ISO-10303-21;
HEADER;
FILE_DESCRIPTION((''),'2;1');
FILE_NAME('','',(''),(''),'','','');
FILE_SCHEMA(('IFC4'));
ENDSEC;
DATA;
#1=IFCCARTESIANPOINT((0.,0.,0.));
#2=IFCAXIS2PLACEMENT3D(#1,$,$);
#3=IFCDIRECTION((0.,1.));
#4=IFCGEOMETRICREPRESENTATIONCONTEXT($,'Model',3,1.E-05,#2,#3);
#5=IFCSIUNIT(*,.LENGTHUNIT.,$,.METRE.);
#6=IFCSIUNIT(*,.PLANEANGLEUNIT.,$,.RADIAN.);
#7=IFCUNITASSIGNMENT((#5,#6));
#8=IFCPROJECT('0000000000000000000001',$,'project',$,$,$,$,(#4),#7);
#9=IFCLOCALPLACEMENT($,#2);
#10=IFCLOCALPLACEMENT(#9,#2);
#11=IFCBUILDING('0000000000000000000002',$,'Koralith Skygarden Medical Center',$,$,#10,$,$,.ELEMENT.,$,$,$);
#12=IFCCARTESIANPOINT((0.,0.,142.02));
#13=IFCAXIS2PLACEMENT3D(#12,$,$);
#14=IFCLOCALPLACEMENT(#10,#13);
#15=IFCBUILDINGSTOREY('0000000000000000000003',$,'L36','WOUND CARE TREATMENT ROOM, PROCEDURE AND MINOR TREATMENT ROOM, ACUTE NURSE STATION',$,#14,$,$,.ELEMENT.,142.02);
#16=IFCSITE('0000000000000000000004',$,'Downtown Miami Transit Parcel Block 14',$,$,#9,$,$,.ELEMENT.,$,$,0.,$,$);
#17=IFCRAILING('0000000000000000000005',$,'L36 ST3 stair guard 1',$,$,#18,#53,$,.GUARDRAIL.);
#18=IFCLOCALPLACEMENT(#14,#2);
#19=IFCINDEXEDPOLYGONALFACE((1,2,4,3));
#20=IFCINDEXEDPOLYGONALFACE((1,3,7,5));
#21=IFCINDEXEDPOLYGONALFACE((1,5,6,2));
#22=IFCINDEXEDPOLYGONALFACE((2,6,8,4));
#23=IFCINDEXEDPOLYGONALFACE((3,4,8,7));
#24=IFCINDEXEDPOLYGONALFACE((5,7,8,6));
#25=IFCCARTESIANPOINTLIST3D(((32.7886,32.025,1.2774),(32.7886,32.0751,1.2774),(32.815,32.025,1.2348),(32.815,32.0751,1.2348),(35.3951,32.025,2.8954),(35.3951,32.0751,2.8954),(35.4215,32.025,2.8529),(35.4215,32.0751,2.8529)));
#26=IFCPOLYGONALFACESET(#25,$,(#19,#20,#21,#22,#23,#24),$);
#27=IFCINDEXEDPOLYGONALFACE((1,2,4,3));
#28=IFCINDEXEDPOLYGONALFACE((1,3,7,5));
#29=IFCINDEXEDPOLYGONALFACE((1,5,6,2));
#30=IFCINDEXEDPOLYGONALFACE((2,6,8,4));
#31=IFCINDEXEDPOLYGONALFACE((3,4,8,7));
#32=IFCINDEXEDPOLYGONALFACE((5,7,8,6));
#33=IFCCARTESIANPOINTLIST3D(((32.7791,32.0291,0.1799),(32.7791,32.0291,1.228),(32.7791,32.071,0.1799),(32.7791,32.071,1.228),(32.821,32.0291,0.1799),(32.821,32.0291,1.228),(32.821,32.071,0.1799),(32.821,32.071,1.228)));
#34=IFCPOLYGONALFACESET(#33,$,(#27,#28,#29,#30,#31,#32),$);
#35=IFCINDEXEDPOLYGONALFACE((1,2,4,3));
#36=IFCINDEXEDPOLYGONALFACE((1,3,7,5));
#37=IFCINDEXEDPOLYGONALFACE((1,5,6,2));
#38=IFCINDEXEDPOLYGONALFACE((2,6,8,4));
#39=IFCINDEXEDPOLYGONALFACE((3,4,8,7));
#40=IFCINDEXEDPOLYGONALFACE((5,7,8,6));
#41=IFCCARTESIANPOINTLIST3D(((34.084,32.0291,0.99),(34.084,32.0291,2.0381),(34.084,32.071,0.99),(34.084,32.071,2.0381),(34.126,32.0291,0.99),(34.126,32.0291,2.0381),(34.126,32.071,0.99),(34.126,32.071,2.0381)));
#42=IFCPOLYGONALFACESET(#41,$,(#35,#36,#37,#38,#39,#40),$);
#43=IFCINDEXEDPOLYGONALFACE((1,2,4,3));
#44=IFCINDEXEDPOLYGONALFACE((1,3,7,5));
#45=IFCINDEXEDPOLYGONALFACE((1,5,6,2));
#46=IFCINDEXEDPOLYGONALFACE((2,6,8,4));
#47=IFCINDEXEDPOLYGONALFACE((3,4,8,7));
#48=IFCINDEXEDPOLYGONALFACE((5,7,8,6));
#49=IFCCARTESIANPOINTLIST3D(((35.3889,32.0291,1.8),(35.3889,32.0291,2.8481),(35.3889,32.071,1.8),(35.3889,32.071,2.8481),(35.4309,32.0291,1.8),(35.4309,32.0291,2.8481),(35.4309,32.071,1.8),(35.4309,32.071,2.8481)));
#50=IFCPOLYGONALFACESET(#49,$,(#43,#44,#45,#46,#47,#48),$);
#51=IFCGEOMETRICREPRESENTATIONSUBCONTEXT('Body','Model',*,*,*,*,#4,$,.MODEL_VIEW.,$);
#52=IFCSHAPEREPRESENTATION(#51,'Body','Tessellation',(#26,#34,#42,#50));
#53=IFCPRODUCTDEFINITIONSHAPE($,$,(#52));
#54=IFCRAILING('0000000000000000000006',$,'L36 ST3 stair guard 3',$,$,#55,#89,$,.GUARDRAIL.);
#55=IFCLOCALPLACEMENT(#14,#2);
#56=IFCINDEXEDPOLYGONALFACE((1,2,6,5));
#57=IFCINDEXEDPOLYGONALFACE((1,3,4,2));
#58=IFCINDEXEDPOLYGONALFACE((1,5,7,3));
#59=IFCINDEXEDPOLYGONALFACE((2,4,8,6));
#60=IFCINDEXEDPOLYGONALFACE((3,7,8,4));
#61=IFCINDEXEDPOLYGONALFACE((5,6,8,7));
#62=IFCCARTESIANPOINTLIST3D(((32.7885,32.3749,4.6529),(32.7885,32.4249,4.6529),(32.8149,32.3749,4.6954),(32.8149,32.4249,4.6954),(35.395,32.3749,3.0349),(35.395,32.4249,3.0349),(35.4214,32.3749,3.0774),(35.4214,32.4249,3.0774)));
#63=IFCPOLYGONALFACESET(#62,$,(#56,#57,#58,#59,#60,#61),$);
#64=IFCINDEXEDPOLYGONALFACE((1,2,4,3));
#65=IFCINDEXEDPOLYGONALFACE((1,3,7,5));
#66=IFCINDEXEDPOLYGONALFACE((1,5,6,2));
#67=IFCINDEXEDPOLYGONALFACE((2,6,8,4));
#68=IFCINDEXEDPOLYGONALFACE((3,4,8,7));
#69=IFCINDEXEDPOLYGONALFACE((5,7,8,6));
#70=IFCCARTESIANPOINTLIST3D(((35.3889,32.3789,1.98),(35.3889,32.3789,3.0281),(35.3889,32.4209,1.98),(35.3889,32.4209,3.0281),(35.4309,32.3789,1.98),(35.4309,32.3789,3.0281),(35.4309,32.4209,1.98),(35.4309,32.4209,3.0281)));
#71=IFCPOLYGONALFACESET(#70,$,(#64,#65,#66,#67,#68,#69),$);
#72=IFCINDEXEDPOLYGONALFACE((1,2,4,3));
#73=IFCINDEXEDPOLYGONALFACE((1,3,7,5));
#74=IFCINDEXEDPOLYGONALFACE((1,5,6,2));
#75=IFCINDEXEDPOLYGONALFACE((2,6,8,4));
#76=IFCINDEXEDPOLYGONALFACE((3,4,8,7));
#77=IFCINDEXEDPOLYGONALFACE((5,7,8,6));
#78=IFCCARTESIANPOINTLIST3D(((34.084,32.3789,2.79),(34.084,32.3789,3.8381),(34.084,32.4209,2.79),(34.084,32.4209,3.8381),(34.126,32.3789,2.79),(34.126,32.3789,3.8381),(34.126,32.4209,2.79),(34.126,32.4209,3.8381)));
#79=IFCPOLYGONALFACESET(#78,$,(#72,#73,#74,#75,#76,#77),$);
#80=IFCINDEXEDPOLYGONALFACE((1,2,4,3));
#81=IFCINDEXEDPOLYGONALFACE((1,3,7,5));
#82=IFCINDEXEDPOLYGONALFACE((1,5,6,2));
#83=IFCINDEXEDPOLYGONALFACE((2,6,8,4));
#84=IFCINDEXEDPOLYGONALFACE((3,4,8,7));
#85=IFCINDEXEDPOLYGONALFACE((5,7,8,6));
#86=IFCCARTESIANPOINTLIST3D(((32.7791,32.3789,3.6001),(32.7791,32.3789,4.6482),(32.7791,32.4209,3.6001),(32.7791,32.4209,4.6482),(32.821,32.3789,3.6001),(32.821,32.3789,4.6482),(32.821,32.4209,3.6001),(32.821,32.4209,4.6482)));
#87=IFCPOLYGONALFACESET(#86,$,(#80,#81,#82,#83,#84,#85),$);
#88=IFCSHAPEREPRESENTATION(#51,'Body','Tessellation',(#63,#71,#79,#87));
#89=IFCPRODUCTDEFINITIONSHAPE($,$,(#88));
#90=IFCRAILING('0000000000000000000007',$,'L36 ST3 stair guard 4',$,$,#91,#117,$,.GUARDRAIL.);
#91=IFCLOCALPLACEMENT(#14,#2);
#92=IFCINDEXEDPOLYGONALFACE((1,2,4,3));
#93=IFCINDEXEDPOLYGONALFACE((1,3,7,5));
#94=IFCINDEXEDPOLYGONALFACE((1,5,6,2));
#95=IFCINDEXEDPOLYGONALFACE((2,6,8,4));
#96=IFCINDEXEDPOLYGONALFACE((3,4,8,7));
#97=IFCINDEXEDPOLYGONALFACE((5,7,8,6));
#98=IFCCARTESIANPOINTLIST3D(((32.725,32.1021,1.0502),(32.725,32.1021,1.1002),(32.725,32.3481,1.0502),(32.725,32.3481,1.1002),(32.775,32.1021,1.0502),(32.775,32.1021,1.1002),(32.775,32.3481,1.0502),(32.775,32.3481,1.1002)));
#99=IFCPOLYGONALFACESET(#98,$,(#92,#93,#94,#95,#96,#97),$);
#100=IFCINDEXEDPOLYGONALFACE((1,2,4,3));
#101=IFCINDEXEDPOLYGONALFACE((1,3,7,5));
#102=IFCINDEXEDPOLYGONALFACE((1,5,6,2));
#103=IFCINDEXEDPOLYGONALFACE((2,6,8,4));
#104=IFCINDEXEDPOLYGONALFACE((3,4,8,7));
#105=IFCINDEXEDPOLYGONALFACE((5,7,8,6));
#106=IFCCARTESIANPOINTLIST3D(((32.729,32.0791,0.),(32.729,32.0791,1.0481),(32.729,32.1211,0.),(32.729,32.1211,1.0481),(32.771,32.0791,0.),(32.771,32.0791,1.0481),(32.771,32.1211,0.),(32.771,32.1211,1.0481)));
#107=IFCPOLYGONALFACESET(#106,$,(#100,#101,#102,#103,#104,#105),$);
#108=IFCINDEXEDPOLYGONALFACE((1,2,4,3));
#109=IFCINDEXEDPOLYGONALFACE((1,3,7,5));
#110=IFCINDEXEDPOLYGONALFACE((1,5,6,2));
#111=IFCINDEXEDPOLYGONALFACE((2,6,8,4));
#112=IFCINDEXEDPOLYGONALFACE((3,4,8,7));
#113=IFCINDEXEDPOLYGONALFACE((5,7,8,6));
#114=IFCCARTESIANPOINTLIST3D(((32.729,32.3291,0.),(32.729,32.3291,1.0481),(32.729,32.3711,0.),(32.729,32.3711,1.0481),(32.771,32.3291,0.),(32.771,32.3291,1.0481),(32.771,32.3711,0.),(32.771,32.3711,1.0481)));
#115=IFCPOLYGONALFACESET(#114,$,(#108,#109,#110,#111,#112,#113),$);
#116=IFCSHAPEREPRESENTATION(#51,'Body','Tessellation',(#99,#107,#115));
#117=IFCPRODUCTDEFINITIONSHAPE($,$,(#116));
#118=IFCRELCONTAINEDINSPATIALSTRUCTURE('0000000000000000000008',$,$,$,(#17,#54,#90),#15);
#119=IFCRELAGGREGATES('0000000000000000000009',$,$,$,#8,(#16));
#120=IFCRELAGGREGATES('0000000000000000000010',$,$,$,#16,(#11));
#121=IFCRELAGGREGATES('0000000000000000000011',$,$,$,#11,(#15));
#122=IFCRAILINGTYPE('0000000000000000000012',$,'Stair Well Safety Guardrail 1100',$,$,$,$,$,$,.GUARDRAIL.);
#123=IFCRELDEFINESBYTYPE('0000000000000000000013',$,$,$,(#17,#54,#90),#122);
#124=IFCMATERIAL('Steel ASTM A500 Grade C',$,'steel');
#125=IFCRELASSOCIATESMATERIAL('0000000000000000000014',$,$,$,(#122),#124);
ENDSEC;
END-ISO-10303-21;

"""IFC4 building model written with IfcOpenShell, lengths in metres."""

from ifc_helpers import new_model, si_unit, direction, frame, origin, origin_2d, place, context, subcontext, project, spatial, rectangle, extrude, material, type_object, element, save


model = new_model("IFC4")

# Units and contexts
model_context = context("Model", 3, precision=1e-05, world=origin(), true_north=direction((0.0, 1.0)))
body_context = subcontext(model_context, "Body", "Model", "MODEL_VIEW")
ifc_project = project(units=[si_unit("LENGTHUNIT", "METRE"), si_unit("PLANEANGLEUNIT", "RADIAN")], contexts=[model_context])

# Site, building, storey
site_placement = place(None, origin())
site = spatial("IfcSite", under=ifc_project, at=site_placement, Name="Downtown Miami Transit Parcel Block 14", CompositionType="ELEMENT", RefElevation=0.0)
building_placement = place(site_placement, origin())
building = spatial("IfcBuilding", under=site, at=building_placement, Name="Koralith Skygarden Medical Center", CompositionType="ELEMENT")
storey_placement = place(building_placement, frame((0.0, 0.0, 142.02)))
storey = spatial("IfcBuildingStorey", under=building, at=storey_placement, Name="L36", Description="WOUND CARE TREATMENT ROOM, PROCEDURE AND MINOR TREATMENT ROOM, ACUTE NURSE STATION", CompositionType="ELEMENT", Elevation=142.02)

# Railings
ifc_material_1 = material(Name="Steel ASTM A500 Grade C", Category="steel")
railing_type_1 = type_object("IfcRailingType", Name="Stair Well Safety Guardrail 1100", PredefinedType="GUARDRAIL", material=ifc_material_1)
railing_1_placement = place(storey_placement, frame((32.8, 32.05, 0.1799)))
element("IfcRailing", 1, at=railing_1_placement, inside=storey, type_object=railing_type_1, Name="L36 ST3 stair guard 1", PredefinedType="GUARDRAIL", context=body_context, shape_type="SweptSolid", body=[
    extrude(rectangle(XDim=0.05, YDim=0.05, at=origin_2d()), frame((0.0017, 0.0, 1.0762), z_axis=(0.849611, 0.0, 0.52741), x_axis=(0.0, 1.0, 0.0)), (0.0, 0.0, 1.0), 3.0679),
    extrude(rectangle(XDim=0.042, YDim=0.042, at=origin_2d()), origin(), (0.0, 0.0, 1.0), 1.0481),
    extrude(rectangle(XDim=0.042, YDim=0.042, at=origin_2d()), frame((1.3049, 0.0, 0.8101)), (0.0, 0.0, 1.0), 1.0481),
    extrude(rectangle(XDim=0.042, YDim=0.042, at=origin_2d()), frame((2.6099, 0.0, 1.6201)), (0.0, 0.0, 1.0), 1.0481),
])
railing_2_placement = place(storey_placement, frame((35.4099, 32.3999, 1.98)))
element("IfcRailing", 2, at=railing_2_placement, inside=storey, type_object=railing_type_1, Name="L36 ST3 stair guard 3", PredefinedType="GUARDRAIL", context=body_context, shape_type="SweptSolid", body=[
    extrude(rectangle(XDim=0.05, YDim=0.05, at=origin_2d()), frame((-0.0017, 0.0, 1.0762), z_axis=(-0.849611, 0.0, 0.52741), x_axis=(0.0, -1.0, 0.0)), (0.0, 0.0, 1.0), 3.0679),
    extrude(rectangle(XDim=0.042, YDim=0.042, at=origin_2d()), origin(), (0.0, 0.0, 1.0), 1.0481),
    extrude(rectangle(XDim=0.042, YDim=0.042, at=origin_2d()), frame((-1.3049, 0.0, 0.8101)), (0.0, 0.0, 1.0), 1.0481),
    extrude(rectangle(XDim=0.042, YDim=0.042, at=origin_2d()), frame((-2.6099, 0.0, 1.6201)), (0.0, 0.0, 1.0), 1.0481),
])
railing_3_placement = place(storey_placement, frame((32.75, 32.1001, 0.0)))
element("IfcRailing", 3, at=railing_3_placement, inside=storey, type_object=railing_type_1, Name="L36 ST3 stair guard 4", PredefinedType="GUARDRAIL", context=body_context, shape_type="SweptSolid", body=[
    extrude(rectangle(XDim=0.05, YDim=0.05, at=origin_2d()), frame((0.0, 0.002, 1.0752), z_axis=(0.0, 1.0, 0.0), x_axis=(-1.0, 0.0, 0.0)), (0.0, 0.0, 1.0), 0.2461),
    extrude(rectangle(XDim=0.042, YDim=0.042, at=origin_2d()), origin(), (0.0, 0.0, 1.0), 1.0481),
    extrude(rectangle(XDim=0.042, YDim=0.042, at=origin_2d()), frame((0.0, 0.25, 0.0)), (0.0, 0.0, 1.0), 1.0481),
])

save(model, "model.ifc")
